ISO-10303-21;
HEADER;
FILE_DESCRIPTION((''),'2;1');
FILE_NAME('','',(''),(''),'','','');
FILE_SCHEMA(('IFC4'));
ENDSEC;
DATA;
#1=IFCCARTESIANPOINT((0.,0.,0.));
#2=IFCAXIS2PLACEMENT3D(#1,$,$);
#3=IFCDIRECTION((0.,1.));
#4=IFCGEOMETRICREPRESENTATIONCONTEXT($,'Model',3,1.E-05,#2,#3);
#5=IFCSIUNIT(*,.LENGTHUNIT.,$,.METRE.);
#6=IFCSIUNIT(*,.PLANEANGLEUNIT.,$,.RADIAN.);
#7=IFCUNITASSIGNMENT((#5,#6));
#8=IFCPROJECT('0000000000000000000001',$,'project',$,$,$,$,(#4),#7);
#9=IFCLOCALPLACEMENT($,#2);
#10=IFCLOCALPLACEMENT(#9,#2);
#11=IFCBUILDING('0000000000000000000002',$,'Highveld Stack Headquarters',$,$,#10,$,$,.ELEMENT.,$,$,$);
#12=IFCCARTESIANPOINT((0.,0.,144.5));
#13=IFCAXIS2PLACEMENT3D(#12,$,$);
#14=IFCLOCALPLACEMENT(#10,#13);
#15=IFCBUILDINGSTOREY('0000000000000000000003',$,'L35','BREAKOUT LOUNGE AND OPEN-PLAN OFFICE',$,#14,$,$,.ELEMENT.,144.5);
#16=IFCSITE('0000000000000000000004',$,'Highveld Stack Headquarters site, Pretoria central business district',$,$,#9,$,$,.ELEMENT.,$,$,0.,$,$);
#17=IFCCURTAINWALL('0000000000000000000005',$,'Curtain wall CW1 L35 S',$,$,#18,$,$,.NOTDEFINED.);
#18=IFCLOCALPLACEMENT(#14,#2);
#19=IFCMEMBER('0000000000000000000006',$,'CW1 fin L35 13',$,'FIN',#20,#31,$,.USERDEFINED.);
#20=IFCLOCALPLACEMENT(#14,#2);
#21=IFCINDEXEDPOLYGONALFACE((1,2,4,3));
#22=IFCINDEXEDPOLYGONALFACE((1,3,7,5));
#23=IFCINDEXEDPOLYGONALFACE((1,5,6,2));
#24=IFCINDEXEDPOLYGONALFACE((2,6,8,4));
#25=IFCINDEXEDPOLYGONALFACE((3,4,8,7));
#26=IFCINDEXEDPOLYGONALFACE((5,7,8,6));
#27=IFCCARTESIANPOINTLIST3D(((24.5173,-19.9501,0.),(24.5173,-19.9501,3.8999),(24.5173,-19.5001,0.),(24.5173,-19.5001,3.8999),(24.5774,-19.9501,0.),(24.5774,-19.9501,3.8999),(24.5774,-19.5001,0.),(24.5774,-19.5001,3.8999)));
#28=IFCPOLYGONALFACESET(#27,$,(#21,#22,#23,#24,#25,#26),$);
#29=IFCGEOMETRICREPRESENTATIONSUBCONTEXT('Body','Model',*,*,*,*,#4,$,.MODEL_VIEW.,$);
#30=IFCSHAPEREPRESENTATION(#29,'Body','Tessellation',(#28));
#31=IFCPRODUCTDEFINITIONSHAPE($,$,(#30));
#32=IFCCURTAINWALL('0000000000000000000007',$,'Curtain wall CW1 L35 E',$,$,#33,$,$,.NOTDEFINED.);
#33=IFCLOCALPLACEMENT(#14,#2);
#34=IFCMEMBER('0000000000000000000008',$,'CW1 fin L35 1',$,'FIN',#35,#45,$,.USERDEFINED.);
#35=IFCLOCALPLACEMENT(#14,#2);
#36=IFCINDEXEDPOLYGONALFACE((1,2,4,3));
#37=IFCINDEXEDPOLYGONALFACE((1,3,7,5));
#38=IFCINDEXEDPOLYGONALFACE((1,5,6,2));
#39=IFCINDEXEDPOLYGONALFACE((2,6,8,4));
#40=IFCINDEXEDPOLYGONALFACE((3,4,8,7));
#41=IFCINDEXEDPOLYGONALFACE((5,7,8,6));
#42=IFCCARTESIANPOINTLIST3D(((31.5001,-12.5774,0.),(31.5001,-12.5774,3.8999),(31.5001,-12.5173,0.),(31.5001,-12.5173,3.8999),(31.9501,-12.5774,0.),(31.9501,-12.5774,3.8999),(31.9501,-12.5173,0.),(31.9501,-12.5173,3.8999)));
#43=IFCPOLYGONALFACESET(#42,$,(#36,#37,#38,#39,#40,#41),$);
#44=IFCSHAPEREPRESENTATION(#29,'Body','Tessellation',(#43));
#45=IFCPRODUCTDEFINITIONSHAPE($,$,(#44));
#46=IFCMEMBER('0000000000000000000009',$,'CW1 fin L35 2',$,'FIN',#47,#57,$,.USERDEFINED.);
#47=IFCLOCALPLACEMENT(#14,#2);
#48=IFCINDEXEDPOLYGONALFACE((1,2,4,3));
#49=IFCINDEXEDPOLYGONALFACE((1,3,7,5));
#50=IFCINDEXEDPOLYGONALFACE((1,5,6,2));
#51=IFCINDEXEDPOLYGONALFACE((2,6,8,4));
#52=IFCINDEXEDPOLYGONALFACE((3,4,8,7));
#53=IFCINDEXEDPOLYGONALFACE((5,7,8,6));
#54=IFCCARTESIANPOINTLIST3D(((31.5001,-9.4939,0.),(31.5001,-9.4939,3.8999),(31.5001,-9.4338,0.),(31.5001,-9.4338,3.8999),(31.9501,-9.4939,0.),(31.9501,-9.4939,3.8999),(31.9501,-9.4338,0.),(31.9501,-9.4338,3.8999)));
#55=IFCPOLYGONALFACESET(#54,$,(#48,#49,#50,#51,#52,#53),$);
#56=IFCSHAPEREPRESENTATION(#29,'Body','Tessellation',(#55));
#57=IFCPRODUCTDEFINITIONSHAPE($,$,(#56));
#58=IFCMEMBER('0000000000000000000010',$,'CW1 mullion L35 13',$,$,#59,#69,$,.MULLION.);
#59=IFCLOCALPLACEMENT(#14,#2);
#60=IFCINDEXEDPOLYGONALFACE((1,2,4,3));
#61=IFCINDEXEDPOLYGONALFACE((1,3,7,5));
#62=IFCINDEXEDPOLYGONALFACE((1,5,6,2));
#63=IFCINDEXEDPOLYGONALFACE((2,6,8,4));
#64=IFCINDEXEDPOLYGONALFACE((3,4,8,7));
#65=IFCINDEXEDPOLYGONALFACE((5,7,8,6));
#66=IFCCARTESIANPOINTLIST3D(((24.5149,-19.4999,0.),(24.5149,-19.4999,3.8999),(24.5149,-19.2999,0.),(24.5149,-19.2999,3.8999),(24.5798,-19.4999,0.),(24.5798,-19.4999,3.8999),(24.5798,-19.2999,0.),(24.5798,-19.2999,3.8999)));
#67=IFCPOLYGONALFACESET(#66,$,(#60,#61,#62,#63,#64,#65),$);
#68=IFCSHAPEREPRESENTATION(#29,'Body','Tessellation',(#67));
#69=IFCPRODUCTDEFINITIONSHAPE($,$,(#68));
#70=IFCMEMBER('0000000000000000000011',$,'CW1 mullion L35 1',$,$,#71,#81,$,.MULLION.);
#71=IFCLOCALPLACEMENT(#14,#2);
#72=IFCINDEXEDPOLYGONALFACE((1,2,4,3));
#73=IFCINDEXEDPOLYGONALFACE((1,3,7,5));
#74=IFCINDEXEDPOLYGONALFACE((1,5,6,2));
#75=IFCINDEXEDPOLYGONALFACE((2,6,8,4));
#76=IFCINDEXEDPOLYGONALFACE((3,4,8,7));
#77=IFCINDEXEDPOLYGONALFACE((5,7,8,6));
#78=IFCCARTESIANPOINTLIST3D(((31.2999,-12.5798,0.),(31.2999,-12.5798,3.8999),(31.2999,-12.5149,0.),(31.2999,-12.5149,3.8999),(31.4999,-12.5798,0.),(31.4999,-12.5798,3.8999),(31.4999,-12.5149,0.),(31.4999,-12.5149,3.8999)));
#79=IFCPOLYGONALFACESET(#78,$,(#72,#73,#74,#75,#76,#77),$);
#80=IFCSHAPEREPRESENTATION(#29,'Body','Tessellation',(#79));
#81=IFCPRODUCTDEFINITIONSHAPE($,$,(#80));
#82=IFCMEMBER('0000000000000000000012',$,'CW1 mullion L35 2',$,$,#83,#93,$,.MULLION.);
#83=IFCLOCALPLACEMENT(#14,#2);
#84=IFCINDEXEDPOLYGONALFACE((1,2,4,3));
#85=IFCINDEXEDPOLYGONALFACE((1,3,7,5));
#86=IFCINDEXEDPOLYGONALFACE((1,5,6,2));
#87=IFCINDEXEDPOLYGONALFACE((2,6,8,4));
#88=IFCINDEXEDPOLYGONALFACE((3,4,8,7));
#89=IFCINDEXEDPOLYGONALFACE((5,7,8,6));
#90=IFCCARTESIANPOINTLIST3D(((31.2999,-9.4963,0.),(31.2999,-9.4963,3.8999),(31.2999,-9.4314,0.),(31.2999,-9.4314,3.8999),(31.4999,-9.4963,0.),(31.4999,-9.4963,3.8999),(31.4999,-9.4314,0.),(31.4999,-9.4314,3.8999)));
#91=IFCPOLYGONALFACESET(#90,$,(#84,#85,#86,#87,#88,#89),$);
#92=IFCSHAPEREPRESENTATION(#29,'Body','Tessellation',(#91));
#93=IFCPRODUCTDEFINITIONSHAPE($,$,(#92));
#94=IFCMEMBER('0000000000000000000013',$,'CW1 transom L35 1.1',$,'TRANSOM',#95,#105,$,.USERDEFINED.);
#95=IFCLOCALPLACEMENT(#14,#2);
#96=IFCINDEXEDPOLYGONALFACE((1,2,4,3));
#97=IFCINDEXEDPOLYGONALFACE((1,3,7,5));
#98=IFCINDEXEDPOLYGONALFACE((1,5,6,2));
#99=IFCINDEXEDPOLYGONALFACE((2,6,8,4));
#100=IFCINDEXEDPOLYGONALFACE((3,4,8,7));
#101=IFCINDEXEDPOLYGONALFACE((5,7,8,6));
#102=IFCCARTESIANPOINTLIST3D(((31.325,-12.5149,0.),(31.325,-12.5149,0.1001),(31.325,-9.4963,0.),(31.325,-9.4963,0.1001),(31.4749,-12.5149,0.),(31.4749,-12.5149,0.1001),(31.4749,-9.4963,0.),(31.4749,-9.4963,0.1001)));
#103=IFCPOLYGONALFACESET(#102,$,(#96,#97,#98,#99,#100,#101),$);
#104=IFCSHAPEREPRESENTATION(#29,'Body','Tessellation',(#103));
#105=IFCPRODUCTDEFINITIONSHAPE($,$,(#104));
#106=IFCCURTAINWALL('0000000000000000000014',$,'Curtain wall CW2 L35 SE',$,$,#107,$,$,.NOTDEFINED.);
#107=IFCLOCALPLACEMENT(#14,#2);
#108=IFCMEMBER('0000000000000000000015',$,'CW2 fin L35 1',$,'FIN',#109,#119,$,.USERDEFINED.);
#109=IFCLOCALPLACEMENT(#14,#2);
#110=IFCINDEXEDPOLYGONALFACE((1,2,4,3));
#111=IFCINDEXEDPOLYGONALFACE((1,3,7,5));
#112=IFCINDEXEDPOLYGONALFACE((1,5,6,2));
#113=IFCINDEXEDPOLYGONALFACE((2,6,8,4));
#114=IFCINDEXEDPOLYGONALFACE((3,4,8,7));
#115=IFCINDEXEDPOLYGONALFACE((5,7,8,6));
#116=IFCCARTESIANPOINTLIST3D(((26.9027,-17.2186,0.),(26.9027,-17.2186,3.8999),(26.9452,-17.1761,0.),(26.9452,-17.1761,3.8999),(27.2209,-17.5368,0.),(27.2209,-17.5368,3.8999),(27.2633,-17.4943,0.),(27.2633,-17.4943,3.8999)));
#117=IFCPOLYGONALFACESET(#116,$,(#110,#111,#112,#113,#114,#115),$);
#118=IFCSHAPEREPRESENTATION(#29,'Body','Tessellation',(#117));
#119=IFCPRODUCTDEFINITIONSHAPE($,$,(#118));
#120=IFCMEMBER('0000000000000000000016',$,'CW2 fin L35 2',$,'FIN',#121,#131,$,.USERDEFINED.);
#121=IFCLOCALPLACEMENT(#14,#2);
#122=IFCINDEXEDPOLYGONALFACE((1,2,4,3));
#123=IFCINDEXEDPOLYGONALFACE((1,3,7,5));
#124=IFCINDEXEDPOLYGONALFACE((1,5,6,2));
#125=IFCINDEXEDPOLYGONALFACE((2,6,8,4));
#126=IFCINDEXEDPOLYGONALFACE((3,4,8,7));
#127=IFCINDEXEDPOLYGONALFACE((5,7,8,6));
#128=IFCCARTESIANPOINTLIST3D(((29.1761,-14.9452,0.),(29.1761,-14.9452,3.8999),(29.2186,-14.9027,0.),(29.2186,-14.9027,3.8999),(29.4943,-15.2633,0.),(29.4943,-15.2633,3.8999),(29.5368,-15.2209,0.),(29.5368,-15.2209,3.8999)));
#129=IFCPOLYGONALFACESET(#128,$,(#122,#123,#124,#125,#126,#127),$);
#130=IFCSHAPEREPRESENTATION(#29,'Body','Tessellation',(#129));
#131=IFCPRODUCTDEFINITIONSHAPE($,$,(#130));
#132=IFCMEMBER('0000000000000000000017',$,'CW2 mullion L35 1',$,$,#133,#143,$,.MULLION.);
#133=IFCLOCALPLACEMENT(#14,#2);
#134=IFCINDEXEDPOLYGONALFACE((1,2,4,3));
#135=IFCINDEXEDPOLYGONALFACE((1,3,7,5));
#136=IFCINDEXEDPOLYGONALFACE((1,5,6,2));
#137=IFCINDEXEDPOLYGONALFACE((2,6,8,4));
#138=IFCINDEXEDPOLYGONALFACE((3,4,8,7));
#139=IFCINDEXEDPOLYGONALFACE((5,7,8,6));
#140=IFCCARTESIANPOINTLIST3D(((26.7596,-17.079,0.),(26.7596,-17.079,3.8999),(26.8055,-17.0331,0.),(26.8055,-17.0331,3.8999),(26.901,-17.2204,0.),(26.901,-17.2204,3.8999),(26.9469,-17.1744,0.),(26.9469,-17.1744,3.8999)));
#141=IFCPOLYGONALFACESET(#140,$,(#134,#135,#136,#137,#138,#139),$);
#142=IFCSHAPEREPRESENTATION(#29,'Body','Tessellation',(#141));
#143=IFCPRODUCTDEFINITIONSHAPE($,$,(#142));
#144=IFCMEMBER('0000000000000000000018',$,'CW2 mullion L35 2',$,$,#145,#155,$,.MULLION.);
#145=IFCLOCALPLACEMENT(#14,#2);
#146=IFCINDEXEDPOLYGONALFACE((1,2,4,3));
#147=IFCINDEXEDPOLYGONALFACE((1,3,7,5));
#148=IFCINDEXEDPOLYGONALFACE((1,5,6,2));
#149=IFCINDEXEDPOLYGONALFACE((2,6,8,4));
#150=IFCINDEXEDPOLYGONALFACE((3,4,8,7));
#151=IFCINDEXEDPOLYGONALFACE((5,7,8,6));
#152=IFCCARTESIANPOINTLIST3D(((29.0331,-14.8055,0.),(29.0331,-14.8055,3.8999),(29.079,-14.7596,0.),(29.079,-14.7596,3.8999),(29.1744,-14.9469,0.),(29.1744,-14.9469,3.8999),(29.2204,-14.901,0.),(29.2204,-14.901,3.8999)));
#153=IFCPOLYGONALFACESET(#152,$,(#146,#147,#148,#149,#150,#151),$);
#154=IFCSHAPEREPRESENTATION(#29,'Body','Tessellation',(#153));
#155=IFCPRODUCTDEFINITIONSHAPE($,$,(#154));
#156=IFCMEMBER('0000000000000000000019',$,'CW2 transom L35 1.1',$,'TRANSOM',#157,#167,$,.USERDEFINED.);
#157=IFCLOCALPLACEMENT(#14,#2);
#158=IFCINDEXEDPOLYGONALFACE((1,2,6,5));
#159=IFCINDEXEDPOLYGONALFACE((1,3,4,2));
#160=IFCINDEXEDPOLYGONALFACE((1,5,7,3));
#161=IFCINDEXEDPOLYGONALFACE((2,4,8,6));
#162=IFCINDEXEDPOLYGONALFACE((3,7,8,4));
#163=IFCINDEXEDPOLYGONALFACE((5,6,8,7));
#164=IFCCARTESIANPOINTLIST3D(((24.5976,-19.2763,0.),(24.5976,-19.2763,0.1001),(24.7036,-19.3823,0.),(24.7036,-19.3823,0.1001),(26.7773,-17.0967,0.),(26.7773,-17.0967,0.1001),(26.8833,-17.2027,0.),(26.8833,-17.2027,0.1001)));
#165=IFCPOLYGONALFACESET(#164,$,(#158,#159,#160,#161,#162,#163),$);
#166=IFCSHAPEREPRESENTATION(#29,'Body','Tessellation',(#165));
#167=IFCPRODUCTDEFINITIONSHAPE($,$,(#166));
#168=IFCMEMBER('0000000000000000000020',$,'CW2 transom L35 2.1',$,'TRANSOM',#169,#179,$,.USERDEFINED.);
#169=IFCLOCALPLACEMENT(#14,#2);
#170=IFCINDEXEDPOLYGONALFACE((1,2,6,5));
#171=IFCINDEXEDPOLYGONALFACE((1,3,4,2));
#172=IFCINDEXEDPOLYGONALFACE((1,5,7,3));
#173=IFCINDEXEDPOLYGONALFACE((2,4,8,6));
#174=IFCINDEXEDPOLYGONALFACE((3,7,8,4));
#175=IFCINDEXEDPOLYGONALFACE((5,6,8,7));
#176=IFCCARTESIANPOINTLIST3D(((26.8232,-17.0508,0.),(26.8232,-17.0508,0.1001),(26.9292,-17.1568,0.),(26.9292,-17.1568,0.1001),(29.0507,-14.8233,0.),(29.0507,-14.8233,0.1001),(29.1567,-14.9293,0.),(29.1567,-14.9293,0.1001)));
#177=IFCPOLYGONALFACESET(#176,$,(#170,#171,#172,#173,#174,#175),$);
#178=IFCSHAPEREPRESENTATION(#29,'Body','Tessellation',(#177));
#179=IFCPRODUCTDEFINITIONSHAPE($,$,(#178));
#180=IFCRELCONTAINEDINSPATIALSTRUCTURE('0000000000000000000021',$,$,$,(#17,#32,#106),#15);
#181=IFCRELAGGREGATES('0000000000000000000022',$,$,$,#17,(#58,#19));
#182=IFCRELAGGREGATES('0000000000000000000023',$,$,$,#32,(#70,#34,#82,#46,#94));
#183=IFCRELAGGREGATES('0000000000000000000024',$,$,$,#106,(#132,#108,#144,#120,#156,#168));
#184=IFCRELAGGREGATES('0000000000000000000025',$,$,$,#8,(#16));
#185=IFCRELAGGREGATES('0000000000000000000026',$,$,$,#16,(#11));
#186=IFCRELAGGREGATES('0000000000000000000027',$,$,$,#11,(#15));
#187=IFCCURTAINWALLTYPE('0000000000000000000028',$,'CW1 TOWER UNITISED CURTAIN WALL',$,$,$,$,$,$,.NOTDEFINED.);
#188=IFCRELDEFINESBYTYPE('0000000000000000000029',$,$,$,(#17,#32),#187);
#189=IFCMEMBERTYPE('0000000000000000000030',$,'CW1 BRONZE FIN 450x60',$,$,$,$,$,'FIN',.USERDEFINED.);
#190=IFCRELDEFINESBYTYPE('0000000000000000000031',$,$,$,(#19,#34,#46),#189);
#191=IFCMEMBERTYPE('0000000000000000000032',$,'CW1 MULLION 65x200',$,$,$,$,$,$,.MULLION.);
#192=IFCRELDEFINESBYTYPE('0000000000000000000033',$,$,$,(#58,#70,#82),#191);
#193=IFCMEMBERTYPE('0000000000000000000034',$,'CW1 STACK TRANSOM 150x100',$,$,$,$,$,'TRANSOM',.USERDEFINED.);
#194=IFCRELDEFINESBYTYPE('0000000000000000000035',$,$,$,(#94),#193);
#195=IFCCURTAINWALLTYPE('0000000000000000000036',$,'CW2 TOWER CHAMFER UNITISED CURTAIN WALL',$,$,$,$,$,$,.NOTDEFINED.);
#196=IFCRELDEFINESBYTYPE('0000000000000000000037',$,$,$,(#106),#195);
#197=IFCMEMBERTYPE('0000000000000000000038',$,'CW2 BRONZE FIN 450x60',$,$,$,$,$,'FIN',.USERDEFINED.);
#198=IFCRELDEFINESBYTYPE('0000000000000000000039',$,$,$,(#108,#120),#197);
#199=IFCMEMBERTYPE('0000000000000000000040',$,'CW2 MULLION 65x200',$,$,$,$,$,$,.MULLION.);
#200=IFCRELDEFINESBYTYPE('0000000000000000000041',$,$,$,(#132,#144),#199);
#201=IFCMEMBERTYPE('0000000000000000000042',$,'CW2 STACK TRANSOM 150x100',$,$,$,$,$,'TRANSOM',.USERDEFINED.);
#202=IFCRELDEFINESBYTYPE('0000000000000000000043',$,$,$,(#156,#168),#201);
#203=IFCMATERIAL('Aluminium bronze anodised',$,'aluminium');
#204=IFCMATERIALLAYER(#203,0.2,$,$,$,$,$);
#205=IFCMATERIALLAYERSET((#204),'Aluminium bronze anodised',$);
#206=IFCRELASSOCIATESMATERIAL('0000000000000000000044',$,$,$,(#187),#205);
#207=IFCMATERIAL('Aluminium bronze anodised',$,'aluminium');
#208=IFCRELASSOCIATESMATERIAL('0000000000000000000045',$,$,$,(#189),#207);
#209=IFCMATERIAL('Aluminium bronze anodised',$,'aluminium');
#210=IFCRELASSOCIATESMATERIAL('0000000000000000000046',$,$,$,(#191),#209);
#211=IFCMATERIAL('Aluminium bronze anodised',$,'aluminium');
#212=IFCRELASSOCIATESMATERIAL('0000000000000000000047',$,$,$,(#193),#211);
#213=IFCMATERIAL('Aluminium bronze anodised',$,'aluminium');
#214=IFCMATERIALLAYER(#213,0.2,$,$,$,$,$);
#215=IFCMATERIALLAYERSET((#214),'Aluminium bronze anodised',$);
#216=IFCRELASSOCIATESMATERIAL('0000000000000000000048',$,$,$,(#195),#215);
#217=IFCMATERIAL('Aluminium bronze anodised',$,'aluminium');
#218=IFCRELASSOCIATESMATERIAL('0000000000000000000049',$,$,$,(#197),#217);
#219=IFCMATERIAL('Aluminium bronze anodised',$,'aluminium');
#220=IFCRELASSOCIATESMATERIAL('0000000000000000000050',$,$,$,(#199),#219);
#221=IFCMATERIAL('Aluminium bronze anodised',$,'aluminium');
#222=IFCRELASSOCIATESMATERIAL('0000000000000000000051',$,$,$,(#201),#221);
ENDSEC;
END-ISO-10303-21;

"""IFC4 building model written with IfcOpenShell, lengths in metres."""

from ifc_helpers import new_model, si_unit, direction, frame, origin, origin_2d, place, context, subcontext, project, spatial, rectangle, extrude, material, layer, layer_set, material_profile, profile_set, type_object, element, aggregate, save


model = new_model("IFC4")

# Units and contexts
model_context = context("Model", 3, precision=1e-05, world=origin(), true_north=direction((0.0, 1.0)))
body_context = subcontext(model_context, "Body", "Model", "MODEL_VIEW")
ifc_project = project(units=[si_unit("LENGTHUNIT", "METRE"), si_unit("PLANEANGLEUNIT", "RADIAN")], contexts=[model_context])

# Site, building, storey
site_placement = place(None, origin())
site = spatial("IfcSite", under=ifc_project, at=site_placement, Name="Highveld Stack Headquarters site, Pretoria central business district", CompositionType="ELEMENT", RefElevation=0.0)
building_placement = place(site_placement, origin())
building = spatial("IfcBuilding", under=site, at=building_placement, Name="Highveld Stack Headquarters", CompositionType="ELEMENT")
storey_placement = place(building_placement, frame((0.0, 0.0, 144.5)))
storey = spatial("IfcBuildingStorey", under=building, at=storey_placement, Name="L35", Description="BREAKOUT LOUNGE AND OPEN-PLAN OFFICE", CompositionType="ELEMENT", Elevation=144.5)

# Curtain wall, member
ifc_material_1 = material(Name="Aluminium bronze anodised", Category="aluminium")
ifc_layer_1 = layer(ifc_material_1, 0.2)
ifc_layer_set_1 = layer_set([ifc_layer_1], Name="Aluminium bronze anodised")
curtain_wall_type_1 = type_object("IfcCurtainWallType", Name="CW1 TOWER UNITISED CURTAIN WALL", PredefinedType="NOTDEFINED", material=ifc_layer_set_1)
curtain_wall_1_placement = place(storey_placement, origin())
curtain_wall_1 = element("IfcCurtainWall", 1, at=curtain_wall_1_placement, inside=storey, type_object=curtain_wall_type_1, Name="Curtain wall CW1 L35 S", PredefinedType="NOTDEFINED")
ifc_material_2 = material(Name="Aluminium bronze anodised", Category="aluminium")
ifc_material_profile_1 = material_profile(ifc_material_2, rectangle(XDim=0.45, YDim=0.0601, at=origin_2d()), Name="FIN 450x60")
ifc_profile_set_1 = profile_set([ifc_material_profile_1], Name="Aluminium bronze anodised")
member_type_1 = type_object("IfcMemberType", Name="CW1 BRONZE FIN 450x60", ElementType="FIN", PredefinedType="USERDEFINED", material=ifc_profile_set_1)
member_1_placement = place(storey_placement, frame((24.5474, -19.7251, 0.0), z_axis=(0.0, 0.0, 1.0), x_axis=(0.0, 1.0, 0.0)))
member_1 = element("IfcMember", 2, at=member_1_placement, type_object=member_type_1, Name="CW1 fin L35 13", ObjectType="FIN", PredefinedType="USERDEFINED", context=body_context, shape_type="SweptSolid", body=[
    extrude(rectangle(XDim=0.45, YDim=0.0601, at=origin_2d()), origin(), (0.0, 0.0, 1.0), 3.8999),
])

# Curtain wall, members
curtain_wall_2_placement = place(storey_placement, origin())
curtain_wall_2 = element("IfcCurtainWall", 3, at=curtain_wall_2_placement, inside=storey, type_object=curtain_wall_type_1, Name="Curtain wall CW1 L35 E", PredefinedType="NOTDEFINED")
member_2_placement = place(storey_placement, frame((31.7251, -12.5474, 0.0), z_axis=(0.0, 0.0, 1.0), x_axis=(-1.0, 0.0, 0.0)))
member_2 = element("IfcMember", 4, at=member_2_placement, type_object=member_type_1, Name="CW1 fin L35 1", ObjectType="FIN", PredefinedType="USERDEFINED", context=body_context, shape_type="SweptSolid", body=[
    extrude(rectangle(XDim=0.45, YDim=0.0601, at=origin_2d()), origin(), (0.0, 0.0, 1.0), 3.8999),
])
member_3_placement = place(storey_placement, frame((31.7251, -9.4639, 0.0), z_axis=(0.0, 0.0, 1.0), x_axis=(-1.0, 0.0, 0.0)))
member_3 = element("IfcMember", 5, at=member_3_placement, type_object=member_type_1, Name="CW1 fin L35 2", ObjectType="FIN", PredefinedType="USERDEFINED", context=body_context, shape_type="SweptSolid", body=[
    extrude(rectangle(XDim=0.45, YDim=0.0601, at=origin_2d()), origin(), (0.0, 0.0, 1.0), 3.8999),
])

# Members
ifc_material_3 = material(Name="Aluminium bronze anodised", Category="aluminium")
ifc_material_profile_2 = material_profile(ifc_material_3, rectangle(XDim=0.2, YDim=0.0649, at=origin_2d()), Name="CW1 MULLION 65x200")
ifc_profile_set_2 = profile_set([ifc_material_profile_2], Name="Aluminium bronze anodised")
member_type_2 = type_object("IfcMemberType", Name="CW1 MULLION 65x200", PredefinedType="MULLION", material=ifc_profile_set_2)
member_4_placement = place(storey_placement, frame((24.5474, -19.3999, 0.0), z_axis=(0.0, 0.0, 1.0), x_axis=(0.0, 1.0, 0.0)))
member_4 = element("IfcMember", 6, at=member_4_placement, type_object=member_type_2, Name="CW1 mullion L35 13", PredefinedType="MULLION", context=body_context, shape_type="SweptSolid", body=[
    extrude(rectangle(XDim=0.2, YDim=0.0649, at=origin_2d()), origin(), (0.0, 0.0, 1.0), 3.8999),
])
member_5_placement = place(storey_placement, frame((31.3999, -12.5474, 0.0), z_axis=(0.0, 0.0, 1.0), x_axis=(-1.0, 0.0, 0.0)))
member_5 = element("IfcMember", 7, at=member_5_placement, type_object=member_type_2, Name="CW1 mullion L35 1", PredefinedType="MULLION", context=body_context, shape_type="SweptSolid", body=[
    extrude(rectangle(XDim=0.2, YDim=0.0649, at=origin_2d()), origin(), (0.0, 0.0, 1.0), 3.8999),
])
member_6_placement = place(storey_placement, frame((31.3999, -9.4639, 0.0), z_axis=(0.0, 0.0, 1.0), x_axis=(-1.0, 0.0, 0.0)))
member_6 = element("IfcMember", 8, at=member_6_placement, type_object=member_type_2, Name="CW1 mullion L35 2", PredefinedType="MULLION", context=body_context, shape_type="SweptSolid", body=[
    extrude(rectangle(XDim=0.2, YDim=0.0649, at=origin_2d()), origin(), (0.0, 0.0, 1.0), 3.8999),
])
ifc_material_4 = material(Name="Aluminium bronze anodised", Category="aluminium")
ifc_material_profile_3 = material_profile(ifc_material_4, rectangle(XDim=0.1499, YDim=0.1001, at=origin_2d()), Name="CW1 TRANSOM 150x100")
ifc_profile_set_3 = profile_set([ifc_material_profile_3], Name="Aluminium bronze anodised")
member_type_3 = type_object("IfcMemberType", Name="CW1 STACK TRANSOM 150x100", ElementType="TRANSOM", PredefinedType="USERDEFINED", material=ifc_profile_set_3)
member_7_placement = place(storey_placement, frame((31.3999, -12.5149, 0.05), z_axis=(0.0, 1.0, 0.0), x_axis=(-1.0, 0.0, 0.0)))
member_7 = element("IfcMember", 9, at=member_7_placement, type_object=member_type_3, Name="CW1 transom L35 1.1", ObjectType="TRANSOM", PredefinedType="USERDEFINED", context=body_context, shape_type="SweptSolid", body=[
    extrude(rectangle(XDim=0.1499, YDim=0.1001, at=origin_2d()), origin(), (0.0, 0.0, 1.0), 3.0186),
])

# Curtain wall, members
ifc_material_5 = material(Name="Aluminium bronze anodised", Category="aluminium")
ifc_layer_2 = layer(ifc_material_5, 0.2)
ifc_layer_set_2 = layer_set([ifc_layer_2], Name="Aluminium bronze anodised")
curtain_wall_type_2 = type_object("IfcCurtainWallType", Name="CW2 TOWER CHAMFER UNITISED CURTAIN WALL", PredefinedType="NOTDEFINED", material=ifc_layer_set_2)
curtain_wall_3_placement = place(storey_placement, origin())
curtain_wall_3 = element("IfcCurtainWall", 10, at=curtain_wall_3_placement, inside=storey, type_object=curtain_wall_type_2, Name="Curtain wall CW2 L35 SE", PredefinedType="NOTDEFINED")
ifc_material_6 = material(Name="Aluminium bronze anodised", Category="aluminium")
ifc_material_profile_4 = material_profile(ifc_material_6, rectangle(XDim=0.45, YDim=0.0601, at=origin_2d()), Name="FIN 450x60")
ifc_profile_set_4 = profile_set([ifc_material_profile_4], Name="Aluminium bronze anodised")
member_type_4 = type_object("IfcMemberType", Name="CW2 BRONZE FIN 450x60", ElementType="FIN", PredefinedType="USERDEFINED", material=ifc_profile_set_4)
member_8_placement = place(storey_placement, frame((27.083, -17.3564, 0.0), z_axis=(0.0, 0.0, 1.0), x_axis=(-0.707107, 0.707107, 0.0)))
member_8 = element("IfcMember", 11, at=member_8_placement, type_object=member_type_4, Name="CW2 fin L35 1", ObjectType="FIN", PredefinedType="USERDEFINED", context=body_context, shape_type="SweptSolid", body=[
    extrude(rectangle(XDim=0.45, YDim=0.0601, at=origin_2d()), origin(), (0.0, 0.0, 1.0), 3.8999),
])
member_9_placement = place(storey_placement, frame((29.3564, -15.083, 0.0), z_axis=(0.0, 0.0, 1.0), x_axis=(-0.707107, 0.707107, 0.0)))
member_9 = element("IfcMember", 12, at=member_9_placement, type_object=member_type_4, Name="CW2 fin L35 2", ObjectType="FIN", PredefinedType="USERDEFINED", context=body_context, shape_type="SweptSolid", body=[
    extrude(rectangle(XDim=0.45, YDim=0.0601, at=origin_2d()), origin(), (0.0, 0.0, 1.0), 3.8999),
])
ifc_material_7 = material(Name="Aluminium bronze anodised", Category="aluminium")
ifc_material_profile_5 = material_profile(ifc_material_7, rectangle(XDim=0.2, YDim=0.0649, at=origin_2d()), Name="CW2 MULLION 65x200")
ifc_profile_set_5 = profile_set([ifc_material_profile_5], Name="Aluminium bronze anodised")
member_type_5 = type_object("IfcMemberType", Name="CW2 MULLION 65x200", PredefinedType="MULLION", material=ifc_profile_set_5)
member_10_placement = place(storey_placement, frame((26.8533, -17.1267, 0.0), z_axis=(0.0, 0.0, 1.0), x_axis=(-0.707107, 0.707107, 0.0)))
member_10 = element("IfcMember", 13, at=member_10_placement, type_object=member_type_5, Name="CW2 mullion L35 1", PredefinedType="MULLION", context=body_context, shape_type="SweptSolid", body=[
    extrude(rectangle(XDim=0.2, YDim=0.0649, at=origin_2d()), origin(), (0.0, 0.0, 1.0), 3.8999),
])
member_11_placement = place(storey_placement, frame((29.1267, -14.8533, 0.0), z_axis=(0.0, 0.0, 1.0), x_axis=(-0.707107, 0.707107, 0.0)))
member_11 = element("IfcMember", 14, at=member_11_placement, type_object=member_type_5, Name="CW2 mullion L35 2", PredefinedType="MULLION", context=body_context, shape_type="SweptSolid", body=[
    extrude(rectangle(XDim=0.2, YDim=0.0649, at=origin_2d()), origin(), (0.0, 0.0, 1.0), 3.8999),
])
ifc_material_8 = material(Name="Aluminium bronze anodised", Category="aluminium")
ifc_material_profile_6 = material_profile(ifc_material_8, rectangle(XDim=0.1499, YDim=0.1001, at=origin_2d()), Name="CW2 TRANSOM 150x100")
ifc_profile_set_6 = profile_set([ifc_material_profile_6], Name="Aluminium bronze anodised")
member_type_6 = type_object("IfcMemberType", Name="CW2 STACK TRANSOM 150x100", ElementType="TRANSOM", PredefinedType="USERDEFINED", material=ifc_profile_set_6)
member_12_placement = place(storey_placement, frame((24.6506, -19.3293, 0.05), z_axis=(0.707107, 0.707107, 0.0), x_axis=(-0.707107, 0.707107, 0.0)))
member_12 = element("IfcMember", 15, at=member_12_placement, type_object=member_type_6, Name="CW2 transom L35 1.1", ObjectType="TRANSOM", PredefinedType="USERDEFINED", context=body_context, shape_type="SweptSolid", body=[
    extrude(rectangle(XDim=0.1499, YDim=0.1001, at=origin_2d()), origin(), (0.0, 0.0, 1.0), 3.0825),
])
member_13_placement = place(storey_placement, frame((26.8762, -17.1038, 0.05), z_axis=(0.707107, 0.707107, 0.0), x_axis=(-0.707107, 0.707107, 0.0)))
member_13 = element("IfcMember", 16, at=member_13_placement, type_object=member_type_6, Name="CW2 transom L35 2.1", ObjectType="TRANSOM", PredefinedType="USERDEFINED", context=body_context, shape_type="SweptSolid", body=[
    extrude(rectangle(XDim=0.1499, YDim=0.1001, at=origin_2d()), origin(), (0.0, 0.0, 1.0), 3.1501),
])

aggregate(curtain_wall_1, [member_4, member_1])
aggregate(curtain_wall_2, [member_5, member_2, member_6, member_3, member_7])
aggregate(curtain_wall_3, [member_10, member_8, member_11, member_9, member_12, member_13])

save(model, "model.ifc")
